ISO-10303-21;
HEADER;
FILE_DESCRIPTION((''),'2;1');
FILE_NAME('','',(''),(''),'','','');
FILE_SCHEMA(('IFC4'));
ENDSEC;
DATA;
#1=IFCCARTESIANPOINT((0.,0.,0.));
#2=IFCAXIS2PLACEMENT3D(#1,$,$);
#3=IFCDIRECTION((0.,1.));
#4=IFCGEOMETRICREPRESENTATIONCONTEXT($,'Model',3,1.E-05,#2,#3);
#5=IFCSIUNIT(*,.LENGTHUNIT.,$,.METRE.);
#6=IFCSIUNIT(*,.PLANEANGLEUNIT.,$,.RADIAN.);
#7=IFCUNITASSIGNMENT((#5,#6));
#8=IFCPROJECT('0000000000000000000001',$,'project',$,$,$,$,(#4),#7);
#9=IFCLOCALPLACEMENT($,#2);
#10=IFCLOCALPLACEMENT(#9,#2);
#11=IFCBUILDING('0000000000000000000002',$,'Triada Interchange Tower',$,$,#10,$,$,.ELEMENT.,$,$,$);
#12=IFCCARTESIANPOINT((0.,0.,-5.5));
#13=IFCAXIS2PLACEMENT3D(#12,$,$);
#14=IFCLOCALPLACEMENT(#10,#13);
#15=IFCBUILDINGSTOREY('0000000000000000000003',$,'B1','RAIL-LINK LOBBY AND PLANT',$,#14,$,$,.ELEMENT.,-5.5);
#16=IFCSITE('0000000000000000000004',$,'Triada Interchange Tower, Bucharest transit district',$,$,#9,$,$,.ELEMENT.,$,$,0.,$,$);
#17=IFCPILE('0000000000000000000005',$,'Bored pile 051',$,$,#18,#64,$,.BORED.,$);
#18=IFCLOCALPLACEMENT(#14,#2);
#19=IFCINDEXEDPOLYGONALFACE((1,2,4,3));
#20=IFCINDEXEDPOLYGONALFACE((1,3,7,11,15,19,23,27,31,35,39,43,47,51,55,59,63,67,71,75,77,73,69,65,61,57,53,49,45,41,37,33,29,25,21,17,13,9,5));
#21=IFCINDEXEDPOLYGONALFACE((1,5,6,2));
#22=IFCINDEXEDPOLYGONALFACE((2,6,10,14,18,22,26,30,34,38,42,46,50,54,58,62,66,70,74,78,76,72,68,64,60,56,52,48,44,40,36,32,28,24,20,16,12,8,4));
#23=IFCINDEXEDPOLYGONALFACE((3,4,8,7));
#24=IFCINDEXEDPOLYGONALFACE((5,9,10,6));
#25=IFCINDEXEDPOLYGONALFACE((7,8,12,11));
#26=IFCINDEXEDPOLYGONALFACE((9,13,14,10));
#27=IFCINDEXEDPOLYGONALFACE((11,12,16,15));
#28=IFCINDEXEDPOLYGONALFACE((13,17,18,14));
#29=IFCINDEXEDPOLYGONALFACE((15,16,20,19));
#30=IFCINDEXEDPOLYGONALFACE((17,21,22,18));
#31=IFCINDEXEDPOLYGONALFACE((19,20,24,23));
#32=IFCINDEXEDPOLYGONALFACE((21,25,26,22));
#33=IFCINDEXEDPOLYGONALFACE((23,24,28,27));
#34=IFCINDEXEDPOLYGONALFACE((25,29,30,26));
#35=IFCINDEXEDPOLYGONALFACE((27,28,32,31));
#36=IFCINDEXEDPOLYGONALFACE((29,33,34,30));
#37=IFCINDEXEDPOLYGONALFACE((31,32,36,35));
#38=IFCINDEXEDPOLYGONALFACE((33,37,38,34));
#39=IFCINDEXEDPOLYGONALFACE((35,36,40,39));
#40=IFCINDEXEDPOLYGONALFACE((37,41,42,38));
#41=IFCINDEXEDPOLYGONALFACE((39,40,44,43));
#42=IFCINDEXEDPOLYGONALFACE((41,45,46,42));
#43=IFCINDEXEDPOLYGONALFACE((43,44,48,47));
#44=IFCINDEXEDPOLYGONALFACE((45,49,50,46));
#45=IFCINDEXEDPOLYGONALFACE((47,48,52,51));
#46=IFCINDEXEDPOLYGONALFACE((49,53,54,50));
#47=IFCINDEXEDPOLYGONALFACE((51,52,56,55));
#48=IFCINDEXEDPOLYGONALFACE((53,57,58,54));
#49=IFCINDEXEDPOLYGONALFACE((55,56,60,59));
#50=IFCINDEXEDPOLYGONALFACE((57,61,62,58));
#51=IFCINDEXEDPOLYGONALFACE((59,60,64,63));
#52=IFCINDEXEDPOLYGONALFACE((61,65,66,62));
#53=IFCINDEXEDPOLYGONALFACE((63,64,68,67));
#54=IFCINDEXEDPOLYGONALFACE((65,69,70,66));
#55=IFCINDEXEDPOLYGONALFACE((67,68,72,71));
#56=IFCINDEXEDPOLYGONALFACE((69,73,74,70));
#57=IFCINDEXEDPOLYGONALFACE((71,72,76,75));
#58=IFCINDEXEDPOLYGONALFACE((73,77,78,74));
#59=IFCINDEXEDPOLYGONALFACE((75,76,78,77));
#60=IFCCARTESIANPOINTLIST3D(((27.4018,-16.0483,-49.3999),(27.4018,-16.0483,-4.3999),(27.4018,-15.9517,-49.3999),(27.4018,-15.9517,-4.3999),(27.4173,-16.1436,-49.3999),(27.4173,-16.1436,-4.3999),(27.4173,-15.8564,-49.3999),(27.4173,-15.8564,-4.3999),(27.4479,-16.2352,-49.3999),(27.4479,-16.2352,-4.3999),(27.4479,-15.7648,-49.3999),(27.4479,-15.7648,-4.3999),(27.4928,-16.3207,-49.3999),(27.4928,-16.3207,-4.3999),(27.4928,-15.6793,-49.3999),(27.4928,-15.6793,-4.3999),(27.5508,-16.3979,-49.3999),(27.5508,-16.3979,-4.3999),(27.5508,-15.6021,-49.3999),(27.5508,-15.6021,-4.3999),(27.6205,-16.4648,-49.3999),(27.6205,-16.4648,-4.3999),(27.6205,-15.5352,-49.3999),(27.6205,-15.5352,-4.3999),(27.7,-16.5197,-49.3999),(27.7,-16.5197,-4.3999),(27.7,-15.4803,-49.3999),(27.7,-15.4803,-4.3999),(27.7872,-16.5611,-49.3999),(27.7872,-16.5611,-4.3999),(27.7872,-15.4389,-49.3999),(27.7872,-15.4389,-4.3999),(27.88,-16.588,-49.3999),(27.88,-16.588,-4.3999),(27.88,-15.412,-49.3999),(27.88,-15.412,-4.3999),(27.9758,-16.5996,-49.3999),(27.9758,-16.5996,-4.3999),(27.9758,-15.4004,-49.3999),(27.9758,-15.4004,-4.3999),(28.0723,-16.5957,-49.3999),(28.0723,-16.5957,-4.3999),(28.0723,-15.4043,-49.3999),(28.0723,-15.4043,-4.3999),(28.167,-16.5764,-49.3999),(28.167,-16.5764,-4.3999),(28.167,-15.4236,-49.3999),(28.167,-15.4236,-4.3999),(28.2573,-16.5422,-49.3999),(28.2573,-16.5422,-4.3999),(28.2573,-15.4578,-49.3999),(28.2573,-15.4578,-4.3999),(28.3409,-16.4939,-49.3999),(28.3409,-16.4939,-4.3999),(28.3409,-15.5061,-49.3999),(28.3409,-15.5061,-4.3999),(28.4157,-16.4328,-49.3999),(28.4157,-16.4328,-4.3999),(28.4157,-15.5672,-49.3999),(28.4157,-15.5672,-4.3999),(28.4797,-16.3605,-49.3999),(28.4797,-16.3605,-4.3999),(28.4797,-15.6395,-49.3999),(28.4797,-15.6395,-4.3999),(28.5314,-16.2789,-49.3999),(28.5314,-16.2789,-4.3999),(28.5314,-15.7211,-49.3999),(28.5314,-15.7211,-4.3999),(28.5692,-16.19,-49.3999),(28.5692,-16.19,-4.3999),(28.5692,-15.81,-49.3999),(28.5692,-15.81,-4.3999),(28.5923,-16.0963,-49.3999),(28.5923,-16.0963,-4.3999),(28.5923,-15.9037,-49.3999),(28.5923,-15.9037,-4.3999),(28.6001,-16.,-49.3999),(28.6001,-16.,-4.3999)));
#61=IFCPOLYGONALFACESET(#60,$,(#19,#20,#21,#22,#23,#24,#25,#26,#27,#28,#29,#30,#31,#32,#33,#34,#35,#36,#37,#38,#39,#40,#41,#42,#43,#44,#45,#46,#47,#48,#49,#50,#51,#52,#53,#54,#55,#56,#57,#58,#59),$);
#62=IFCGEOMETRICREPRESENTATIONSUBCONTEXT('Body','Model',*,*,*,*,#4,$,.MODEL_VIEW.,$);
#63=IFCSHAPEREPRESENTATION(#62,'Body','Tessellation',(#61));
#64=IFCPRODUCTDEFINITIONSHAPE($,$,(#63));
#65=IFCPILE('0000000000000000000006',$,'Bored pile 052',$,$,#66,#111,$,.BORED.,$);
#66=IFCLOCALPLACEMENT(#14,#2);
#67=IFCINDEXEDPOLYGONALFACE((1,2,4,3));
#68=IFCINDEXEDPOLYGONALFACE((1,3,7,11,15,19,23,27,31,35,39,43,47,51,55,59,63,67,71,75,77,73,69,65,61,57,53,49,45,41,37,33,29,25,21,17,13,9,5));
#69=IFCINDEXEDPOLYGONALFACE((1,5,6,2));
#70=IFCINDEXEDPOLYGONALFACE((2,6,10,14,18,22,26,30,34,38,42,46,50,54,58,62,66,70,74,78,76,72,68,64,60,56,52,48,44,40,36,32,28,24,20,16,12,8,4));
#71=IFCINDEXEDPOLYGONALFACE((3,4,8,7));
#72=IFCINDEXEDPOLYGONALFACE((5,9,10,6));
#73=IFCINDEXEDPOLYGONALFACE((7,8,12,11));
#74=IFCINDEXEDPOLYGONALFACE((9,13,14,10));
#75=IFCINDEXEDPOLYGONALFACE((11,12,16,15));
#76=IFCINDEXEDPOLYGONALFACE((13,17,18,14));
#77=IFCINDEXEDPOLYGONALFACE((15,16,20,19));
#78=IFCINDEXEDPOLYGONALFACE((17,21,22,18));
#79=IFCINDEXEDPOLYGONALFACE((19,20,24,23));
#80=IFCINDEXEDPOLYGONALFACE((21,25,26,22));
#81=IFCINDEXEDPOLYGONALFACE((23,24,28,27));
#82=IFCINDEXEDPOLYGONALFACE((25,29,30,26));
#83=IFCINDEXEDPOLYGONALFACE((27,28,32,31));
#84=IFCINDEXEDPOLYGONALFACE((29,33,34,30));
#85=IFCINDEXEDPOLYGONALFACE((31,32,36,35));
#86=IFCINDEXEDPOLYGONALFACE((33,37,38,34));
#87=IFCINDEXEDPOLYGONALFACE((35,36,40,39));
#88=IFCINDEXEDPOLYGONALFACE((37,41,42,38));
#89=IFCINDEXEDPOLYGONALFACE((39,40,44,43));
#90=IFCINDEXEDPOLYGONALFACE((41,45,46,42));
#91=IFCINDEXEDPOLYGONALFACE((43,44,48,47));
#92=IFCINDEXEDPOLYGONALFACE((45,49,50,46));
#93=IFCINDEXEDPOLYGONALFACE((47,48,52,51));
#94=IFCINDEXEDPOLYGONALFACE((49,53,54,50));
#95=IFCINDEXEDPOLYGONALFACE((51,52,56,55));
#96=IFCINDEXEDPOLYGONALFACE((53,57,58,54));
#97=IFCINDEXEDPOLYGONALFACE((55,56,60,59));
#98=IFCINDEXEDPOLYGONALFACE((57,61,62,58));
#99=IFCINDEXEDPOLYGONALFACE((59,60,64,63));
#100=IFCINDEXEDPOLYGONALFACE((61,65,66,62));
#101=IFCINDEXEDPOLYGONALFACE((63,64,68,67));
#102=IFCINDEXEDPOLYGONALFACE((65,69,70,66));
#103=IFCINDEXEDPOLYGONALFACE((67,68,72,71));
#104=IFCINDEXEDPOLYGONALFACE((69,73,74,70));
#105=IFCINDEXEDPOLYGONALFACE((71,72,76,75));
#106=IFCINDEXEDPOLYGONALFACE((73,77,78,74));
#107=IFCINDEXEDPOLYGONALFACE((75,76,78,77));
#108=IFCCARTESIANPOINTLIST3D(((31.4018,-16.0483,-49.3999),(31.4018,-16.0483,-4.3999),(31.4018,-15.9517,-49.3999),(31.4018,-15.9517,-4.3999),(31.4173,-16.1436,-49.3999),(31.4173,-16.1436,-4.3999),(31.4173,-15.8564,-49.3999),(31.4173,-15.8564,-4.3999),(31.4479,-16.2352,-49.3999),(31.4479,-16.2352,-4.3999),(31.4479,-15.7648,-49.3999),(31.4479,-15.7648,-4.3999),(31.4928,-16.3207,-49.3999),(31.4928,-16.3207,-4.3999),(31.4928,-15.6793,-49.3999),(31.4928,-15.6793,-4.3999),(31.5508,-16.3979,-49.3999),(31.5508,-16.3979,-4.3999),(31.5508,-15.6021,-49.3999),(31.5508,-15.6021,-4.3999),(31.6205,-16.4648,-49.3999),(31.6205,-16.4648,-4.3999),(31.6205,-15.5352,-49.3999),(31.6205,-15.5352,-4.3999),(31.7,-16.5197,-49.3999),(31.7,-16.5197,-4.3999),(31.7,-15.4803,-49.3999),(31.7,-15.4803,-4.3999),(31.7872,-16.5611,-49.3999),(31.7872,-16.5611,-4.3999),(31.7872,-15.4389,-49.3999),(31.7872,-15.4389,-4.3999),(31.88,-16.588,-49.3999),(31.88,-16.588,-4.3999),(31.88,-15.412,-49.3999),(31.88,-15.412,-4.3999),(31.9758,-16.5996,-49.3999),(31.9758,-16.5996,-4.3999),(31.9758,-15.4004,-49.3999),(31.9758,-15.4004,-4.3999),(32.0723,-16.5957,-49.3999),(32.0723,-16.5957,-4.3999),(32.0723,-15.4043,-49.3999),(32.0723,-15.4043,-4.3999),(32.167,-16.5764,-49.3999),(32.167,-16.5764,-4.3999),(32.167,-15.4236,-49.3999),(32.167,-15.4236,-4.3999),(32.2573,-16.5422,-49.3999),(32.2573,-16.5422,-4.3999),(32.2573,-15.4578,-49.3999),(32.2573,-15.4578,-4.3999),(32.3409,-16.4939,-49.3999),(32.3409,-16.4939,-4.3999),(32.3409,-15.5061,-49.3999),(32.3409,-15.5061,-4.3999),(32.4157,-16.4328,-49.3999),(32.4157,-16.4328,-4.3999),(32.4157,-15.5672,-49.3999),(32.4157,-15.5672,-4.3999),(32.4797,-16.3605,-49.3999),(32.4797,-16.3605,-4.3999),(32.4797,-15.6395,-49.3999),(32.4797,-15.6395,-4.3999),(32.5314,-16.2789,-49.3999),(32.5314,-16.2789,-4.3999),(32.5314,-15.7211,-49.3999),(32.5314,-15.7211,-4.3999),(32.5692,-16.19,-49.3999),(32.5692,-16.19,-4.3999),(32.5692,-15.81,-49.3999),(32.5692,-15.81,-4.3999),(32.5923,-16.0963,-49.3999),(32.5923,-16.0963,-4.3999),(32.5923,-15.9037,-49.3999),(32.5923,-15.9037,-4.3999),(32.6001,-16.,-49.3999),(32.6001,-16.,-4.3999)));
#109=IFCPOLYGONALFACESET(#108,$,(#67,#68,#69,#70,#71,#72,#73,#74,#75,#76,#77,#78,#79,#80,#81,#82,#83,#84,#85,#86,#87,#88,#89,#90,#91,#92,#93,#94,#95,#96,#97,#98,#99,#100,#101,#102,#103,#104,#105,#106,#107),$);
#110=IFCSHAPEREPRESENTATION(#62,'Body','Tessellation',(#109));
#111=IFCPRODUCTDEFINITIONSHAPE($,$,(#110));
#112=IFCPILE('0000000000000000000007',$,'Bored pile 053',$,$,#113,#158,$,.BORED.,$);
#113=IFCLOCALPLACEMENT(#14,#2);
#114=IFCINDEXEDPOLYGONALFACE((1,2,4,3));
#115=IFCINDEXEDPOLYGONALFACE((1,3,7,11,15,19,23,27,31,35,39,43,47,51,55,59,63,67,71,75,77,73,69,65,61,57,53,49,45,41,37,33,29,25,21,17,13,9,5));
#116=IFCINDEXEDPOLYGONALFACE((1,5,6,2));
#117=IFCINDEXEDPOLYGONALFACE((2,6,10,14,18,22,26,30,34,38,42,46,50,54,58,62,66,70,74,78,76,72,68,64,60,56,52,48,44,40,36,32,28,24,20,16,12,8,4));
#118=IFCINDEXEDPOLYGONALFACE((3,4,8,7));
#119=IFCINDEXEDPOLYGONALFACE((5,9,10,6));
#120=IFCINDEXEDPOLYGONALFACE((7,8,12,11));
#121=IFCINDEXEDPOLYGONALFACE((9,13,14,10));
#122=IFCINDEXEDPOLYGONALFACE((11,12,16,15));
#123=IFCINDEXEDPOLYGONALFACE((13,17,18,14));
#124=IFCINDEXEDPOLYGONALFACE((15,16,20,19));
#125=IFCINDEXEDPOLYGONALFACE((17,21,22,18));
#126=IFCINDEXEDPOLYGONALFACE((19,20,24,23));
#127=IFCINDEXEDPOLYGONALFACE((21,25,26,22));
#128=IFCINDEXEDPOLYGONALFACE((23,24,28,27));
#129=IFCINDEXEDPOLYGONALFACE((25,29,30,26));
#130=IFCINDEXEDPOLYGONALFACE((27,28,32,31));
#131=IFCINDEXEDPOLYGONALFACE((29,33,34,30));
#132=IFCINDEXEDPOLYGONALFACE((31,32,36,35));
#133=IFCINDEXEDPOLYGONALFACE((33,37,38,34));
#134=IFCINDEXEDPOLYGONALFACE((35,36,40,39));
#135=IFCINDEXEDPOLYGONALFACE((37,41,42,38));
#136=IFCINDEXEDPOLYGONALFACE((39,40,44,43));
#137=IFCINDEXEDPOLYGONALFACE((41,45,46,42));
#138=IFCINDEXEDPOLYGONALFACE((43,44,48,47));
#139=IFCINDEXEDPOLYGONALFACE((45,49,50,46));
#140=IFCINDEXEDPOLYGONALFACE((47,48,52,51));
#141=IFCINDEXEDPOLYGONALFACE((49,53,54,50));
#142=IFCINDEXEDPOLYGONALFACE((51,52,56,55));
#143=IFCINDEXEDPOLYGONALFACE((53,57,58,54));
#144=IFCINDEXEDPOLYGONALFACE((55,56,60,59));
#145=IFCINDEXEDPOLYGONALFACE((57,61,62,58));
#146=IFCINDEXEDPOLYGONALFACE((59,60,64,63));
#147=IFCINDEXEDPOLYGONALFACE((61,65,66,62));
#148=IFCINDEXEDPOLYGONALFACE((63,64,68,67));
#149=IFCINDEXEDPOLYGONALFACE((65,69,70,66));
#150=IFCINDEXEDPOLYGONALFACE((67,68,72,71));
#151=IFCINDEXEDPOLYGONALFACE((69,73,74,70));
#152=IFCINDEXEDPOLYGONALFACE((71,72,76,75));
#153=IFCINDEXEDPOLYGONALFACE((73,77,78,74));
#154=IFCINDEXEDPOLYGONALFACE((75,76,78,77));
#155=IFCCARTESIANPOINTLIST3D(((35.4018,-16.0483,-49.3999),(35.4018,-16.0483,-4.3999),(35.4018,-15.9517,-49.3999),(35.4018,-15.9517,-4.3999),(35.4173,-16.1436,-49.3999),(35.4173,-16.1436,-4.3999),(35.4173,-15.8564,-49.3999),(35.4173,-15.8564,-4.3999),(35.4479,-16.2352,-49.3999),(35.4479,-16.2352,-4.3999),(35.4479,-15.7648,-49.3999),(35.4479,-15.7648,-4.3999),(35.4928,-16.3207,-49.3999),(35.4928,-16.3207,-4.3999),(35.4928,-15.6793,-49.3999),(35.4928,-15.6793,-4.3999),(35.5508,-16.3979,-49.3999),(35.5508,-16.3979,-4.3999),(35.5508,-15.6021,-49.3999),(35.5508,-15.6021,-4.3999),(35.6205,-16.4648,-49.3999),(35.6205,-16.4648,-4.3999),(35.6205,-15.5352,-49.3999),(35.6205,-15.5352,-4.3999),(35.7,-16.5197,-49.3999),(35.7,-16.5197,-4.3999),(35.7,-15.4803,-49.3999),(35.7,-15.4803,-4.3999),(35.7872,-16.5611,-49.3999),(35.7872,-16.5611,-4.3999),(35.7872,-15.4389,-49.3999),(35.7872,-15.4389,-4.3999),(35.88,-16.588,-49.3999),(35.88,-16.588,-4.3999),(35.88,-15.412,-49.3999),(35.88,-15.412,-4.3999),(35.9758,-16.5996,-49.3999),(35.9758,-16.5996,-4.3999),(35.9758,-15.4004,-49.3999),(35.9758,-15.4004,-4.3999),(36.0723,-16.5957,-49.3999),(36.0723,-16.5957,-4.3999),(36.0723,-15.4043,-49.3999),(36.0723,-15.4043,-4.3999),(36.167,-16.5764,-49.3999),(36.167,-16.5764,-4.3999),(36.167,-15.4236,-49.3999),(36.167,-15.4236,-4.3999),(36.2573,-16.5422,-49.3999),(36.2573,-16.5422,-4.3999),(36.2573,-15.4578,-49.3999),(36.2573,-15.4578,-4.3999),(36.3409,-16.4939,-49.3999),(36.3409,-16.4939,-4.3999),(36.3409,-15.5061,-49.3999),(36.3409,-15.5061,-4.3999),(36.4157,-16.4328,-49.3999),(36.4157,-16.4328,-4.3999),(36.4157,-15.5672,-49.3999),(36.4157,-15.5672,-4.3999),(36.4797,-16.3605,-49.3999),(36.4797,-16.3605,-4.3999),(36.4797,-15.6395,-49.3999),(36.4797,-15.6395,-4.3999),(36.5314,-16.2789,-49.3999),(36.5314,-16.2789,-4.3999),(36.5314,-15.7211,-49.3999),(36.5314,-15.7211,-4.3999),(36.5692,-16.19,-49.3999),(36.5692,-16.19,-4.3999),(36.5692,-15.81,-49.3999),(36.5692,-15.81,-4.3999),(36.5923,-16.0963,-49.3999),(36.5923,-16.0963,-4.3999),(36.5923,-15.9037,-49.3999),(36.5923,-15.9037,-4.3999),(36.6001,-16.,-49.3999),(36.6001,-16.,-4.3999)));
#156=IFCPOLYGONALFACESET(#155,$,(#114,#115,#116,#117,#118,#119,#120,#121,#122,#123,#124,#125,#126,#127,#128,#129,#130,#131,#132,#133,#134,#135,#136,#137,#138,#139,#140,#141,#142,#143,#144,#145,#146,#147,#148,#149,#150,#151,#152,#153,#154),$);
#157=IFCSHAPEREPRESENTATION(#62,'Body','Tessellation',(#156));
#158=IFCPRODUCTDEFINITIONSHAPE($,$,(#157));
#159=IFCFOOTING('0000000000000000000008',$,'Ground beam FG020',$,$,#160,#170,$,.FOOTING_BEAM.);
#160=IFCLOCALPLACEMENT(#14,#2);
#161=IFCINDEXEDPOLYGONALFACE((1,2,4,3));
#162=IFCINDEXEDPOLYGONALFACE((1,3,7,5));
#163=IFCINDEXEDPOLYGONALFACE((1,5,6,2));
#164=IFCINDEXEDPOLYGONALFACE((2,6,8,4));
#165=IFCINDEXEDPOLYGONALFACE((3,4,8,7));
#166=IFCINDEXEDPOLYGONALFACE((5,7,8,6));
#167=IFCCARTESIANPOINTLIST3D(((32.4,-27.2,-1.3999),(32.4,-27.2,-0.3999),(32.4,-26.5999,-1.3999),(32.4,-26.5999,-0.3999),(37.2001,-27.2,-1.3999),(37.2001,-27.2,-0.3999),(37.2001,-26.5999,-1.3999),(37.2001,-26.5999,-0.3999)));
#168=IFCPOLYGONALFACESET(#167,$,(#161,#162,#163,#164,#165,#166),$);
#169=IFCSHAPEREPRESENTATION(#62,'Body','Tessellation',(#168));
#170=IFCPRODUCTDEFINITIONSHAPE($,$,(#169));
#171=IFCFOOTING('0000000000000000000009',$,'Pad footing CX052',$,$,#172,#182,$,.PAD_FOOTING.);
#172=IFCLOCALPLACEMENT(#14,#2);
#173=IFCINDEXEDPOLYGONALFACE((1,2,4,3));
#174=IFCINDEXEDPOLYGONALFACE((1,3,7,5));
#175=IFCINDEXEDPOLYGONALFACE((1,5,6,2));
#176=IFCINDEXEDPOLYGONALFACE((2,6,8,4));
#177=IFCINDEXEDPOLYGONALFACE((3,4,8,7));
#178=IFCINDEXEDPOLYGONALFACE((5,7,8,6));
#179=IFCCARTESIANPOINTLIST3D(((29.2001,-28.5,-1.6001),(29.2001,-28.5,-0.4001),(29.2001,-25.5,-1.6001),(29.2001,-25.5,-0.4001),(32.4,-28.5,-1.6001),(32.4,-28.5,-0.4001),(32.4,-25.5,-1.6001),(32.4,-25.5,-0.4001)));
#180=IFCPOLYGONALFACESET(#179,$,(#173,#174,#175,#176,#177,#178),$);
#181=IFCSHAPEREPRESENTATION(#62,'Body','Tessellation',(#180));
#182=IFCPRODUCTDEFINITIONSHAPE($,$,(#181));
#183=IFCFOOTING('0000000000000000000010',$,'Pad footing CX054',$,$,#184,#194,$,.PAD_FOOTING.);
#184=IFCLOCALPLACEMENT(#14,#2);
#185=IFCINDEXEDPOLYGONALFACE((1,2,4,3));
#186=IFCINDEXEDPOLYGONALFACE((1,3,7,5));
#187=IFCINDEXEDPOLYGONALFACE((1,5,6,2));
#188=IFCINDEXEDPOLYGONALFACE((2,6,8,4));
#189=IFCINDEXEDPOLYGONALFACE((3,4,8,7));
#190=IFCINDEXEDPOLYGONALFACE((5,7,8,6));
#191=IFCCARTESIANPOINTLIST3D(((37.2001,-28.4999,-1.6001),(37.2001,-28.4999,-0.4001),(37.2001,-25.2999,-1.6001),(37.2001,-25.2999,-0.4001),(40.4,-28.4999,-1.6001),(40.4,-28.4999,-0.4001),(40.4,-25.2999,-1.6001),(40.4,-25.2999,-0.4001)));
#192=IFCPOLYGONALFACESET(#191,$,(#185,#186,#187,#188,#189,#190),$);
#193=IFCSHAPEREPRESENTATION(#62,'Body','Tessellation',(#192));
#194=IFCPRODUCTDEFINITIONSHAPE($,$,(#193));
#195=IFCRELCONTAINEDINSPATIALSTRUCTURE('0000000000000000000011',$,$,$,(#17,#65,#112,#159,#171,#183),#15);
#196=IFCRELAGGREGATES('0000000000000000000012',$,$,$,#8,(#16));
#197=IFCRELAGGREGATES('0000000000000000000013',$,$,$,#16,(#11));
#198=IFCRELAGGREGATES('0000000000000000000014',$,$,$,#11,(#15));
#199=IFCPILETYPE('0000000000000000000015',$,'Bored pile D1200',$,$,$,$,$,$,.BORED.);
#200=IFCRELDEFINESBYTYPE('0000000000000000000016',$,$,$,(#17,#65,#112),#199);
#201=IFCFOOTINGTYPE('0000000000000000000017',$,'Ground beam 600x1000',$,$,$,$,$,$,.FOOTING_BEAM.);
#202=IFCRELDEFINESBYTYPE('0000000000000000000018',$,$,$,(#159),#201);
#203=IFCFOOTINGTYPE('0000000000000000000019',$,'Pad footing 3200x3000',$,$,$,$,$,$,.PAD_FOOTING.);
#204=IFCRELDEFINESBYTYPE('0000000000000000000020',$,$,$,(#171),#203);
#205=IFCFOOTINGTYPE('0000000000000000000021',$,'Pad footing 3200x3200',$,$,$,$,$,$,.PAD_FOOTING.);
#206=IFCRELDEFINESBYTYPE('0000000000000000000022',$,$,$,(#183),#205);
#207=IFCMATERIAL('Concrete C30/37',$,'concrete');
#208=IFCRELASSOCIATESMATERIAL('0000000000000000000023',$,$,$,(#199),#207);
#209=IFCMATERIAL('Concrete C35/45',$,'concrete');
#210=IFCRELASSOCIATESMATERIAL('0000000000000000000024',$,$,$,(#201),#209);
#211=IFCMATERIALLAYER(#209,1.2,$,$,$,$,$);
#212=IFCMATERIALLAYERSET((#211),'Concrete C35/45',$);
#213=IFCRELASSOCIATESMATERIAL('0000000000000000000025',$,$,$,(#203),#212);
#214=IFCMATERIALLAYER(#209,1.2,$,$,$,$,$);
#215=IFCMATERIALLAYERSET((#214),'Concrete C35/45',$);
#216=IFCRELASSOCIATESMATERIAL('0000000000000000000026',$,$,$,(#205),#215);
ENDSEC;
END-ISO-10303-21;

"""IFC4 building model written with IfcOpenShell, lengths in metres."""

from ifc_helpers import new_model, si_unit, direction, frame, origin, origin_2d, place, context, subcontext, project, spatial, rectangle, circle, extrude, material, layer, layer_set, material_profile, profile_set, type_object, element, save


model = new_model("IFC4")

# Units and contexts
model_context = context("Model", 3, precision=1e-05, world=origin(), true_north=direction((0.0, 1.0)))
body_context = subcontext(model_context, "Body", "Model", "MODEL_VIEW")
ifc_project = project(units=[si_unit("LENGTHUNIT", "METRE"), si_unit("PLANEANGLEUNIT", "RADIAN")], contexts=[model_context])

# Site, building, storey
site_placement = place(None, origin())
site = spatial("IfcSite", under=ifc_project, at=site_placement, Name="Triada Interchange Tower, Bucharest transit district", CompositionType="ELEMENT", RefElevation=0.0)
building_placement = place(site_placement, origin())
building = spatial("IfcBuilding", under=site, at=building_placement, Name="Triada Interchange Tower", CompositionType="ELEMENT")
storey_placement = place(building_placement, frame((0.0, 0.0, -5.5)))
storey = spatial("IfcBuildingStorey", under=building, at=storey_placement, Name="B1", Description="RAIL-LINK LOBBY AND PLANT", CompositionType="ELEMENT", Elevation=-5.5)

# Piles
ifc_material_1 = material(Name="Concrete C30/37", Category="concrete")
ifc_material_profile_1 = material_profile(ifc_material_1, circle(Radius=0.6001, at=origin_2d()), Name="RC D1200")
ifc_profile_set_1 = profile_set([ifc_material_profile_1], Name="Concrete C30/37")
pile_type = type_object("IfcPileType", Name="Bored pile D1200", PredefinedType="BORED", material=ifc_profile_set_1)
for number, where, z_axis, x_axis, name in (
    (1, (28.0, -16.0, -4.3999), (0.0, 0.0, -1.0), (1.0, 0.0, 0.0), "Bored pile 051"),
    (2, (32.0, -16.0, -4.3999), (0.0, 0.0, -1.0), (1.0, 0.0, 0.0), "Bored pile 052"),
    (3, (36.0, -16.0, -4.3999), (0.0, 0.0, -1.0), (1.0, 0.0, 0.0), "Bored pile 053"),
):
    element("IfcPile", number, at=place(storey_placement, frame(where, z_axis=z_axis, x_axis=x_axis)), inside=storey, type_object=pile_type, Name=name, PredefinedType="BORED", context=body_context, shape_type="SweptSolid", body=[
        extrude(circle(Radius=0.6001, at=origin_2d()), origin(), (0.0, 0.0, 1.0), 45.0),
    ])

# Footings
ifc_material_2 = material(Name="Concrete C35/45", Category="concrete")
footing_type_1 = type_object("IfcFootingType", Name="Ground beam 600x1000", PredefinedType="FOOTING_BEAM", material=ifc_material_2)
footing_1_placement = place(storey_placement, frame((34.8, -26.8999, -1.3999), z_axis=(0.0, 0.0, 1.0), x_axis=(1.0, 0.0, 0.0)))
element("IfcFooting", 4, at=footing_1_placement, inside=storey, type_object=footing_type_1, Name="Ground beam FG020", PredefinedType="FOOTING_BEAM", context=body_context, shape_type="SweptSolid", body=[
    extrude(rectangle(XDim=4.8, YDim=0.6001, at=origin_2d()), origin(), (0.0, 0.0, 1.0), 1.0),
])
ifc_layer_1 = layer(ifc_material_2, 1.2)
ifc_layer_set_1 = layer_set([ifc_layer_1], Name="Concrete C35/45")
footing_type_2 = type_object("IfcFootingType", Name="Pad footing 3200x3000", PredefinedType="PAD_FOOTING", material=ifc_layer_set_1)
footing_2_placement = place(storey_placement, frame((30.8, -27.0, -1.6001), z_axis=(0.0, 0.0, 1.0), x_axis=(1.0, 0.0, 0.0)))
element("IfcFooting", 5, at=footing_2_placement, inside=storey, type_object=footing_type_2, Name="Pad footing CX052", PredefinedType="PAD_FOOTING", context=body_context, shape_type="SweptSolid", body=[
    extrude(rectangle(XDim=3.2, YDim=3.0, at=origin_2d()), origin(), (0.0, 0.0, 1.0), 1.2),
])
ifc_layer_2 = layer(ifc_material_2, 1.2)
ifc_layer_set_2 = layer_set([ifc_layer_2], Name="Concrete C35/45")
footing_type_3 = type_object("IfcFootingType", Name="Pad footing 3200x3200", PredefinedType="PAD_FOOTING", material=ifc_layer_set_2)
footing_3_placement = place(storey_placement, frame((38.8, -26.8999, -1.6001), z_axis=(0.0, 0.0, 1.0), x_axis=(1.0, 0.0, 0.0)))
element("IfcFooting", 6, at=footing_3_placement, inside=storey, type_object=footing_type_3, Name="Pad footing CX054", PredefinedType="PAD_FOOTING", context=body_context, shape_type="SweptSolid", body=[
    extrude(rectangle(XDim=3.2, YDim=3.2, at=origin_2d()), origin(), (0.0, 0.0, 1.0), 1.2),
])

save(model, "model.ifc")
